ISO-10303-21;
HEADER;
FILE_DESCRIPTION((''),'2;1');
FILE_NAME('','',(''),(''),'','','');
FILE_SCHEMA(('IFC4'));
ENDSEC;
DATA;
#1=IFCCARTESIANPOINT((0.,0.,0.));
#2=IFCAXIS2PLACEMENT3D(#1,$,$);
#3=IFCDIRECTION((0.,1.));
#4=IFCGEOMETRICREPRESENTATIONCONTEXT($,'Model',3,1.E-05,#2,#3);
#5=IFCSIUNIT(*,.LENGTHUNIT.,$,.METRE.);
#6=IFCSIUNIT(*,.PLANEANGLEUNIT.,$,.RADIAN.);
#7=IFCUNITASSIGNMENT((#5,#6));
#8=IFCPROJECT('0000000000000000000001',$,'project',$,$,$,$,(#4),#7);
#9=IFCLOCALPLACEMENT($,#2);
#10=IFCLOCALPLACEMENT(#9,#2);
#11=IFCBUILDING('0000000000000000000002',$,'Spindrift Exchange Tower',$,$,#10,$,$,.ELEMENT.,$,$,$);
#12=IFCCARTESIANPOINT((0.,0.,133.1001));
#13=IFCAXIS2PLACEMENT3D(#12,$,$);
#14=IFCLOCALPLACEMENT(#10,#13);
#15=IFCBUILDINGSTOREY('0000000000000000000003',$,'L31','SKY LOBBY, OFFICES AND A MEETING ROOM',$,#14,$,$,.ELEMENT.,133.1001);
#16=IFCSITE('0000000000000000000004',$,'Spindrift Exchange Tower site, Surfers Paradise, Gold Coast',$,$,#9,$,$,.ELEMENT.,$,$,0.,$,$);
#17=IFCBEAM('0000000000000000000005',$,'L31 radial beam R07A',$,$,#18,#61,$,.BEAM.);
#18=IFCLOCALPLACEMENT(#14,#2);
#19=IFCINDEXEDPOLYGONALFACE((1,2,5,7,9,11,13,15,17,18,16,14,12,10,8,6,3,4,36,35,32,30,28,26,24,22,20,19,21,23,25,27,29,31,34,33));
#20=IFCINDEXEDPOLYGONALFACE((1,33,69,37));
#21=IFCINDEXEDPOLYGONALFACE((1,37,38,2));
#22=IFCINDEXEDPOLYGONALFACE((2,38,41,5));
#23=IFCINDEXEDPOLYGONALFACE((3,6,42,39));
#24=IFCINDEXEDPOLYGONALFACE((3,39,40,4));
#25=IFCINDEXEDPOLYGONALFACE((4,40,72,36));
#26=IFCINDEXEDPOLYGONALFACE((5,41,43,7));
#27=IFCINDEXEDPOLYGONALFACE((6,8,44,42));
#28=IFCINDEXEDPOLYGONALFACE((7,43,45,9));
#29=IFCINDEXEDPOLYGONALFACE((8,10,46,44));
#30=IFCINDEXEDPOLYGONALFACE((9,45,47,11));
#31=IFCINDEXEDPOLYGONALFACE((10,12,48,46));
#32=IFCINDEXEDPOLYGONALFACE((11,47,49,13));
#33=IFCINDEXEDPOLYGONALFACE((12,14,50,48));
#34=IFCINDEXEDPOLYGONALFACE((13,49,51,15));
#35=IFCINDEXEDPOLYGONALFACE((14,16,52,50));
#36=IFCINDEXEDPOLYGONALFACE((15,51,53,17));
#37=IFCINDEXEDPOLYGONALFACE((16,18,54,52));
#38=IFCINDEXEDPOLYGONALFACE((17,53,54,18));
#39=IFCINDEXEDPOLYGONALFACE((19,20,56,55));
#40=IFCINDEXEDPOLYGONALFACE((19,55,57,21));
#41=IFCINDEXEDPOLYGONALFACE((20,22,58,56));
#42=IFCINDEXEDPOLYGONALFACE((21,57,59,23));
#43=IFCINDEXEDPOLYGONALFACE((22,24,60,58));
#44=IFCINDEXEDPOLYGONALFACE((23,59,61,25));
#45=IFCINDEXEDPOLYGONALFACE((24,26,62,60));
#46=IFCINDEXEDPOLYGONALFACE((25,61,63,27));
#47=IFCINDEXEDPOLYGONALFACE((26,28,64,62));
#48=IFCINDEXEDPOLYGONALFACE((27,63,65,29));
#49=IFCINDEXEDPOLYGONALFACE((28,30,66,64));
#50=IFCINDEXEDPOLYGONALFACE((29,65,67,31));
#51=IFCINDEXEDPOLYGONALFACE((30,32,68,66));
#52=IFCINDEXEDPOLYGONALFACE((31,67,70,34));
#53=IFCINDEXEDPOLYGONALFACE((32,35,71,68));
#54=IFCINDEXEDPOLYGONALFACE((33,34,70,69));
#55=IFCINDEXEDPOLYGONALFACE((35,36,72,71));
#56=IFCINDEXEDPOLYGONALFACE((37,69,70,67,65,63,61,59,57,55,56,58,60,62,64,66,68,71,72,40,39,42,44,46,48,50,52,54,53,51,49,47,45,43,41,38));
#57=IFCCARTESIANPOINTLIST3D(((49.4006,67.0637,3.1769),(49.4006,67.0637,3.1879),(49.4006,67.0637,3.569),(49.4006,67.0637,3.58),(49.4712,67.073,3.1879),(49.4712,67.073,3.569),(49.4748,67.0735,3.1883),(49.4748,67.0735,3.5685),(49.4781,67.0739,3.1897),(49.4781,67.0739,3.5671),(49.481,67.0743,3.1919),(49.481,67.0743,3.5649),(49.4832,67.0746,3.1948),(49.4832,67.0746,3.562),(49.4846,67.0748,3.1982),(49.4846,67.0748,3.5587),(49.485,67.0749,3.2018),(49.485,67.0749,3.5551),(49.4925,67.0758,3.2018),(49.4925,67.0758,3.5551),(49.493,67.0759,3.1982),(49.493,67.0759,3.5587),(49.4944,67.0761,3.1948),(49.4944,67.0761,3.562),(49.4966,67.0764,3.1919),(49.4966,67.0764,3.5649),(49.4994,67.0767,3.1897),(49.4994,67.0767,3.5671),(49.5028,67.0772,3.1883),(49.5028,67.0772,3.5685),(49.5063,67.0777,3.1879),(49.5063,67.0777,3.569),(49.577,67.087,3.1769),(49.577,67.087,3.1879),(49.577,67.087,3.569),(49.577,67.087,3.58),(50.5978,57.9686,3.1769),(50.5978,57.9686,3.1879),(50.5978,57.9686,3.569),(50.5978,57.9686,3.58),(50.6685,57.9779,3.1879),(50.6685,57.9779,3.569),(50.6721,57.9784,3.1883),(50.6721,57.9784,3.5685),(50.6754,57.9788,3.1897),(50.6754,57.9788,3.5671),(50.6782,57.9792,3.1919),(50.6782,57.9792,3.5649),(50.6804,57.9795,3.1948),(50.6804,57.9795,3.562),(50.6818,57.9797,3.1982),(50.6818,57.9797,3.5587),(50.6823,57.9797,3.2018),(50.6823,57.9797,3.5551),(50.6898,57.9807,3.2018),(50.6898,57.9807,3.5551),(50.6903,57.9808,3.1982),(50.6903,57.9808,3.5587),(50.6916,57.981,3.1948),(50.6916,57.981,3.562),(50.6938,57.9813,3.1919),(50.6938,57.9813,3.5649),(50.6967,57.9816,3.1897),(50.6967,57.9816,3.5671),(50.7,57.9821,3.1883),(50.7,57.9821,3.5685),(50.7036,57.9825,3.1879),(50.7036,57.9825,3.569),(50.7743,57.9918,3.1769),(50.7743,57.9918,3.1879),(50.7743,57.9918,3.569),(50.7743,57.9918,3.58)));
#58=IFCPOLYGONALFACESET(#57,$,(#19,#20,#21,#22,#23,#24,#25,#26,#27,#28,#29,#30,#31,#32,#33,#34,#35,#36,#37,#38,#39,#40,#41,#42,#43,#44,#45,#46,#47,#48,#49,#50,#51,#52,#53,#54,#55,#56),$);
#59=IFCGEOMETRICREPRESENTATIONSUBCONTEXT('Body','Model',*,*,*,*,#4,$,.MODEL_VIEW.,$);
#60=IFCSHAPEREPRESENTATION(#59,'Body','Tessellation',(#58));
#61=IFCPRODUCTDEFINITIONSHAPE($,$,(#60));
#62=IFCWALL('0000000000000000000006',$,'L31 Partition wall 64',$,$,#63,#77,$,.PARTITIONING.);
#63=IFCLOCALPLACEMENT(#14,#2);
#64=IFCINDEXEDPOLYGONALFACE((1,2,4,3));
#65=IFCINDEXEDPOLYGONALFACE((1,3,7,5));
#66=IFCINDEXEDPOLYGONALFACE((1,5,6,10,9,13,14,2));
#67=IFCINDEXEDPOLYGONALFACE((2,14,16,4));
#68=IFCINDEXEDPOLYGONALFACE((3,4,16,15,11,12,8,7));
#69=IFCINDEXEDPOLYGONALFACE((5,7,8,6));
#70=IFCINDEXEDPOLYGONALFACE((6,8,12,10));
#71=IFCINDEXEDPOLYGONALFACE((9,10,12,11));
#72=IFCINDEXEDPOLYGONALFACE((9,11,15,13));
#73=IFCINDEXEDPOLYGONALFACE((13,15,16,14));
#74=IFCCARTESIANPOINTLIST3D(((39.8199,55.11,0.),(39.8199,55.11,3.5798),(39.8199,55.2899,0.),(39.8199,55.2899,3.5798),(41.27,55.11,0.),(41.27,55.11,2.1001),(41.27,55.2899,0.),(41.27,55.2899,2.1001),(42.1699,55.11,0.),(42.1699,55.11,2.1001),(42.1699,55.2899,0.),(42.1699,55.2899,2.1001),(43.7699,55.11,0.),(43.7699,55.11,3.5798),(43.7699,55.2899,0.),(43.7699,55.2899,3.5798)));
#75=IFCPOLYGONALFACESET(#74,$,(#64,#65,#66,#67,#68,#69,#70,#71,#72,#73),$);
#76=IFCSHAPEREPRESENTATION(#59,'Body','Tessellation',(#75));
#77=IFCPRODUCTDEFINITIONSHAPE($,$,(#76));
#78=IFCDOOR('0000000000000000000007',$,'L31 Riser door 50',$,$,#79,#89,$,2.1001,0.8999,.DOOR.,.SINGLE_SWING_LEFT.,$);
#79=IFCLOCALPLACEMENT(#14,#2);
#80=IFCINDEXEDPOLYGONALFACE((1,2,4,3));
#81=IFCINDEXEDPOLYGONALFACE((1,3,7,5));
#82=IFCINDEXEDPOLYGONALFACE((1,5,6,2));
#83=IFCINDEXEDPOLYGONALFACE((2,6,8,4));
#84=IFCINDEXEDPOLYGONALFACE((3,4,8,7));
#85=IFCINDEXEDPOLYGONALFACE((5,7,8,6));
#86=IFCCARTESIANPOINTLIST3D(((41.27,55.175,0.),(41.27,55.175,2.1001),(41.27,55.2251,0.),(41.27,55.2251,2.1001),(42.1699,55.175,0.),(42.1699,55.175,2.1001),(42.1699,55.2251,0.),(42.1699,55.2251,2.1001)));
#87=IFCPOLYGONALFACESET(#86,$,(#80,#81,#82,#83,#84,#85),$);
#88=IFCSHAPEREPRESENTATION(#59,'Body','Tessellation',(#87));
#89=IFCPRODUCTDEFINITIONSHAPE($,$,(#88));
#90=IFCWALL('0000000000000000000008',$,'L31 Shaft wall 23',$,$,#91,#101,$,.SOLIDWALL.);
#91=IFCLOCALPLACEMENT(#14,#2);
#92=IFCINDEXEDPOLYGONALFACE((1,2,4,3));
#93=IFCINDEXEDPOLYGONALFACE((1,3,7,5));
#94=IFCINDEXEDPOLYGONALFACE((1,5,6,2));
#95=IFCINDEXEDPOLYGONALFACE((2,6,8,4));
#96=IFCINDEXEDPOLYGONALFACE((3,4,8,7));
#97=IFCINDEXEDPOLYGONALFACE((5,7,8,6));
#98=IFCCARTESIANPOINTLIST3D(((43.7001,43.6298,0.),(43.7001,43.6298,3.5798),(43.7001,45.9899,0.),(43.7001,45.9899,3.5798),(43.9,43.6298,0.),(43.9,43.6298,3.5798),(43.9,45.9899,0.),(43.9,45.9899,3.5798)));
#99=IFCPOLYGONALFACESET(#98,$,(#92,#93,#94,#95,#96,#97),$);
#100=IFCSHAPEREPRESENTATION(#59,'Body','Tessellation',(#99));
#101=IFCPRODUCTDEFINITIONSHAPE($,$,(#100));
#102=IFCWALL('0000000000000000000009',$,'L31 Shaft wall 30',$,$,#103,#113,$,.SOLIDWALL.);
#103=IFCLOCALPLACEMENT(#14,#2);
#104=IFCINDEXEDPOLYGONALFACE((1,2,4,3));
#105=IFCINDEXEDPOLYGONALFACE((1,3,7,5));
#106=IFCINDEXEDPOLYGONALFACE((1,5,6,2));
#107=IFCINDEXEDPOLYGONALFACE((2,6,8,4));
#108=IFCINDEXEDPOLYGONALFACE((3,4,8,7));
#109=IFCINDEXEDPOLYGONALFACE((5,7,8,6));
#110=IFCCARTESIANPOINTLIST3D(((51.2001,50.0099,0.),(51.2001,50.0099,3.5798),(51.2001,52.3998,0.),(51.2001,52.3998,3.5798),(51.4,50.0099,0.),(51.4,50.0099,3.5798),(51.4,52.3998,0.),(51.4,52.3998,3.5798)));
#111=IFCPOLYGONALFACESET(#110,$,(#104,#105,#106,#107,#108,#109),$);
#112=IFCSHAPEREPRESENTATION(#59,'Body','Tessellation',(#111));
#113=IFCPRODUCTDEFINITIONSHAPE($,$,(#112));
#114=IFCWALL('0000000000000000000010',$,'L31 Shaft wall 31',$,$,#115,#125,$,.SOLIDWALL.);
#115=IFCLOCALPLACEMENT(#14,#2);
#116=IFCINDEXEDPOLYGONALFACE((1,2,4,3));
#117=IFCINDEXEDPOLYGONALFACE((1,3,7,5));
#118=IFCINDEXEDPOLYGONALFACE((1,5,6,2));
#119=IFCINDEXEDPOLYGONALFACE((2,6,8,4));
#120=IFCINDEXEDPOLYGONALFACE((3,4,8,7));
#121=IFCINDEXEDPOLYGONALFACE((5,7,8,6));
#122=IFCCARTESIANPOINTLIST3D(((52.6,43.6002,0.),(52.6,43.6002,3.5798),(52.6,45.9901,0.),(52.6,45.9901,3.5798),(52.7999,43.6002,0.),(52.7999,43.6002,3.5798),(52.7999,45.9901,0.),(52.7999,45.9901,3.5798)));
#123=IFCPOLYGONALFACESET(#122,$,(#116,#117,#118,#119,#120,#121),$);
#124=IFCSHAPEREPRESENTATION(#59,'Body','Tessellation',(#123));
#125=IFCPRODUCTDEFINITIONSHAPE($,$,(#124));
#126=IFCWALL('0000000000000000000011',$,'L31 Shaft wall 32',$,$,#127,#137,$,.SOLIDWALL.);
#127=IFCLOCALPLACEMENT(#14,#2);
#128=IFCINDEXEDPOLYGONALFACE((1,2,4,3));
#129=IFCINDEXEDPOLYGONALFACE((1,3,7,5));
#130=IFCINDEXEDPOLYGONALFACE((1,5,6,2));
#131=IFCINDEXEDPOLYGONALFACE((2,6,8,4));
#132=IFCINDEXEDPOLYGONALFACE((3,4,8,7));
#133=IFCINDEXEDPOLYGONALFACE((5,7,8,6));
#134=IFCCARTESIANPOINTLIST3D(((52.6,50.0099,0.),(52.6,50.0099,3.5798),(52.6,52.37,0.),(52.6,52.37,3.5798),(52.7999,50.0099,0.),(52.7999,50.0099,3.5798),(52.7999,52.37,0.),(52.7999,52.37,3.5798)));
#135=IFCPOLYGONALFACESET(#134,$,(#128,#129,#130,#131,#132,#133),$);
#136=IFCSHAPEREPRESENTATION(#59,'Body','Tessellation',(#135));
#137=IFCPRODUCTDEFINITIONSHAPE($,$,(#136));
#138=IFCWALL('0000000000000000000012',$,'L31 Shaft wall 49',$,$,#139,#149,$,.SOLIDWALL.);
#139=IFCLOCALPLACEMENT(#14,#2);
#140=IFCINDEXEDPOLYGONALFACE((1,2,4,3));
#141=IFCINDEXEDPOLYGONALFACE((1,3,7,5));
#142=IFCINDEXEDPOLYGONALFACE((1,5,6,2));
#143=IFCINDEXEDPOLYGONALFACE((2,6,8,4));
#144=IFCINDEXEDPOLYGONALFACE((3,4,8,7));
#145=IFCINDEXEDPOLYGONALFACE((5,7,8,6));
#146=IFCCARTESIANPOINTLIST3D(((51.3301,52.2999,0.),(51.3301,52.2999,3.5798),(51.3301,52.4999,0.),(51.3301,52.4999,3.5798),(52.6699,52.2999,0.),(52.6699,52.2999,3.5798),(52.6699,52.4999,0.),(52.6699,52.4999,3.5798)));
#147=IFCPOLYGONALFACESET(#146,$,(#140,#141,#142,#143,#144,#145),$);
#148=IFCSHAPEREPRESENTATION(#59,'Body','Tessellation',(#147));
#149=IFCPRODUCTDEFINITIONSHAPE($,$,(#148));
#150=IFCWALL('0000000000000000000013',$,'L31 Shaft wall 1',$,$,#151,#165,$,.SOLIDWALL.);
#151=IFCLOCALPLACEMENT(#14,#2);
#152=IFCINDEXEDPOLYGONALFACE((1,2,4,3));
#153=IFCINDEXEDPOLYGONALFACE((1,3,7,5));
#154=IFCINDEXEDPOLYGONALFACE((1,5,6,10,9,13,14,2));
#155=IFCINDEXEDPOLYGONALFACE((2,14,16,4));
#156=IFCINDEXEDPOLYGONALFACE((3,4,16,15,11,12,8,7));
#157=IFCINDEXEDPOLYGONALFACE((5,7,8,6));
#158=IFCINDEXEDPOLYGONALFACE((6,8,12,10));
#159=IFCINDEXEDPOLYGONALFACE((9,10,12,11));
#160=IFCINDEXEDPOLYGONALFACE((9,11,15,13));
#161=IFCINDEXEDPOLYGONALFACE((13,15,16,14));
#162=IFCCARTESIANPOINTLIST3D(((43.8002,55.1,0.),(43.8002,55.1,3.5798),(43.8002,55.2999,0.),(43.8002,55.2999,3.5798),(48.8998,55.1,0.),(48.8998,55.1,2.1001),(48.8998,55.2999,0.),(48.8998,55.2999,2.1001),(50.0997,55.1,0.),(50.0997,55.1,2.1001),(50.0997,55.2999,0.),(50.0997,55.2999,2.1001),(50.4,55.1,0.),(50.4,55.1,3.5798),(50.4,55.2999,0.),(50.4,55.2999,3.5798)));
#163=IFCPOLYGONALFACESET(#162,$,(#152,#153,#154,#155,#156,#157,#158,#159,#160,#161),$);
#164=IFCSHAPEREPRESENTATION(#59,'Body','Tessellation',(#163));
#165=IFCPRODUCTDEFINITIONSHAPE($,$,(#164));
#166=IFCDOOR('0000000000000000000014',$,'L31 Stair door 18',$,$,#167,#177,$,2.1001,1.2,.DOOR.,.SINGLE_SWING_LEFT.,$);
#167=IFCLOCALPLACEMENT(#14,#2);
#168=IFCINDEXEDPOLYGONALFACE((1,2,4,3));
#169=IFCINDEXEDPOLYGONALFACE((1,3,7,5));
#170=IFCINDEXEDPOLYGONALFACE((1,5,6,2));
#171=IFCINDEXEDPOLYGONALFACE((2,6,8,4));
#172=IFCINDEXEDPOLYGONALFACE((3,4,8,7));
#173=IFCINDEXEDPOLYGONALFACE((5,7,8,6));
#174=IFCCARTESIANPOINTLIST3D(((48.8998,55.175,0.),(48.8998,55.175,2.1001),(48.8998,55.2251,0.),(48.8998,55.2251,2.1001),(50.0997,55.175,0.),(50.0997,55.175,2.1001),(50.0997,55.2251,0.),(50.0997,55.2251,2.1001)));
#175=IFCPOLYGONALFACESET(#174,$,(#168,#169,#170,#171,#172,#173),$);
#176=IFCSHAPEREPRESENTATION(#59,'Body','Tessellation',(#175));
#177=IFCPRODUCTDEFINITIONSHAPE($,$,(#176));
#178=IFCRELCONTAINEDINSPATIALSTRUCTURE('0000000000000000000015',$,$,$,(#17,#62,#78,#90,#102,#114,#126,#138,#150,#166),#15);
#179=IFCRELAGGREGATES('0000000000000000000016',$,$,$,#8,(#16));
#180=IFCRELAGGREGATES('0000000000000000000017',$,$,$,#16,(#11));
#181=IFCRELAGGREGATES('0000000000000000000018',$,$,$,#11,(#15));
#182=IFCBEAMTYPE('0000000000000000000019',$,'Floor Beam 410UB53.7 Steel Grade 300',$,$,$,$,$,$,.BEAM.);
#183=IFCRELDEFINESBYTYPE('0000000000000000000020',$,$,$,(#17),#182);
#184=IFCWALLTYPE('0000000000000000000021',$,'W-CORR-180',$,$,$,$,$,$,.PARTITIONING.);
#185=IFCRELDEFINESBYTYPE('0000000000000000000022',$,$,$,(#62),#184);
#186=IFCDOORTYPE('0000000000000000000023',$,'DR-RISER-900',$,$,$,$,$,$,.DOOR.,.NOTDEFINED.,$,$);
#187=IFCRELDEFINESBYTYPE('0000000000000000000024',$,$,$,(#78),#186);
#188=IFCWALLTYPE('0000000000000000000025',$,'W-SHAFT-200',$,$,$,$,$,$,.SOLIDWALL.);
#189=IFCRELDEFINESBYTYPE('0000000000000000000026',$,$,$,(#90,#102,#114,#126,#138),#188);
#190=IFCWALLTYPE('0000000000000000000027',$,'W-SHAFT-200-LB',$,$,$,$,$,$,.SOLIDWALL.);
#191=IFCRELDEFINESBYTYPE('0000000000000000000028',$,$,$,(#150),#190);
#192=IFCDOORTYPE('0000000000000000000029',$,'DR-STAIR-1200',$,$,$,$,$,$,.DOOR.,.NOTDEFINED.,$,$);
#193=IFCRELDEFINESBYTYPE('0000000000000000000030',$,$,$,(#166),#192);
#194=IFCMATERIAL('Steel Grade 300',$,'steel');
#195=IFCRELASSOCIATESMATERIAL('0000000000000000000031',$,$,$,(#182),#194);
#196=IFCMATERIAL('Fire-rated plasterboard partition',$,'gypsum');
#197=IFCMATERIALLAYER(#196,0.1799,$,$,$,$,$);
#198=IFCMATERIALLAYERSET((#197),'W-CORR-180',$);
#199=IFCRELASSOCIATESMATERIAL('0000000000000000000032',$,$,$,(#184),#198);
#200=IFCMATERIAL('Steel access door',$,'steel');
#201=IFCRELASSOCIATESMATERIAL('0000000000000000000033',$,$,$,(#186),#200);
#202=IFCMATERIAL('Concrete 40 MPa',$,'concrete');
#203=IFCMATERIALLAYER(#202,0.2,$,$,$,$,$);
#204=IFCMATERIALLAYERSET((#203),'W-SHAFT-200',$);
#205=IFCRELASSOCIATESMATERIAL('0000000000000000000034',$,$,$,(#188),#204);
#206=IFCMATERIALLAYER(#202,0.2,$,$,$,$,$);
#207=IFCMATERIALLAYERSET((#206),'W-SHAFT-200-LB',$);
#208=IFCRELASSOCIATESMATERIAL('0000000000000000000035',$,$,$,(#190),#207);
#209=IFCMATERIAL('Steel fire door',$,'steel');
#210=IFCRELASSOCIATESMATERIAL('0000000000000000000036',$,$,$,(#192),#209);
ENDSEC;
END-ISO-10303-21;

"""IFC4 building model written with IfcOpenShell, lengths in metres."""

from ifc_helpers import new_model, si_unit, direction, frame, frame_2d, origin, origin_2d, place, context, subcontext, project, spatial, rectangle, i_section, extrude, source, transform, mapped, material, layer, layer_set, material_profile, profile_set, type_object, element, fill, save


model = new_model("IFC4")

# Units and contexts
model_context = context("Model", 3, precision=1e-05, world=origin(), true_north=direction((0.0, 1.0)))
body_context = subcontext(model_context, "Body", "Model", "MODEL_VIEW")
ifc_project = project(units=[si_unit("LENGTHUNIT", "METRE"), si_unit("PLANEANGLEUNIT", "RADIAN")], contexts=[model_context])

# Site, building, storey
site_placement = place(None, origin())
site = spatial("IfcSite", under=ifc_project, at=site_placement, Name="Spindrift Exchange Tower site, Surfers Paradise, Gold Coast", CompositionType="ELEMENT", RefElevation=0.0)
building_placement = place(site_placement, origin())
building = spatial("IfcBuilding", under=site, at=building_placement, Name="Spindrift Exchange Tower", CompositionType="ELEMENT")
storey_placement = place(building_placement, frame((0.0, 0.0, 133.1001)))
storey = spatial("IfcBuildingStorey", under=building, at=storey_placement, Name="L31", Description="SKY LOBBY, OFFICES AND A MEETING ROOM", CompositionType="ELEMENT", Elevation=133.1001)

# Beam
ifc_material_1 = material(Name="Steel Grade 300", Category="steel")
ifc_material_profile = material_profile(ifc_material_1, i_section(OverallWidth=0.178, OverallDepth=0.4031, WebThickness=0.0076, FlangeThickness=0.011, FilletRadius=0.0139, at=origin_2d()), Name="410UB53.7")
ifc_profile_set = profile_set([ifc_material_profile], Name="Steel Grade 300")
beam_type = type_object("IfcBeamType", Name="Floor Beam 410UB53.7 Steel Grade 300", PredefinedType="BEAM", material=ifc_profile_set)
shared_shape_1 = source(origin(), body_context, "Body", "SweptSolid", [
    extrude(i_section(OverallWidth=0.178, OverallDepth=0.4031, WebThickness=0.0076, FlangeThickness=0.011, FilletRadius=0.0139, at=origin_2d()), origin(), (0.0, 0.0, 1.0), 9.1736),
])
beam_placement = place(storey_placement, frame((50.686, 57.9802, 3.3784), z_axis=(-0.130511, 0.991447, 0.0), x_axis=(-0.991447, -0.130511, 0.0)))
element("IfcBeam", 1, at=beam_placement, inside=storey, type_object=beam_type, Name="L31 radial beam R07A", PredefinedType="BEAM", context=body_context, shape_type="MappedRepresentation", body=[
    mapped(shared_shape_1, transform((0.0, 0.0, 0.0), scale=1.0)),
])

# Wall, opening, door
ifc_material_2 = material(Name="Fire-rated plasterboard partition", Category="gypsum")
ifc_layer_1 = layer(ifc_material_2, 0.1799)
ifc_layer_set_1 = layer_set([ifc_layer_1], Name="W-CORR-180")
wall_type_1 = type_object("IfcWallType", Name="W-CORR-180", PredefinedType="PARTITIONING", material=ifc_layer_set_1)
wall_1_placement = place(storey_placement, frame((43.77, 55.2, 0.0), z_axis=(0.0, 0.0, 1.0), x_axis=(-1.0, 0.0, 0.0)))
wall_1 = element("IfcWall", 2, at=wall_1_placement, inside=storey, type_object=wall_type_1, Name="L31 Partition wall 64", PredefinedType="PARTITIONING", context=body_context, shape_type="SweptSolid", body=[
    extrude(rectangle(XDim=3.95, YDim=0.1799, at=frame_2d((1.9751, 0.0))), origin(), (0.0, 0.0, 1.0), 3.5798),
])
opening_1_placement = place(wall_1_placement, frame((1.6001, 0.0, 0.0)))
opening_1 = element("IfcOpeningElement", 3, at=opening_1_placement, cuts=wall_1, PredefinedType="OPENING", context=body_context, shape_type="SweptSolid", body=[
    extrude(rectangle(XDim=0.8999, YDim=2.1001, at=frame_2d((0.45, 1.05))), frame((0.0, 0.0999, 0.0), z_axis=(0.0, -1.0, 0.0), x_axis=(1.0, 0.0, 0.0)), (0.0, 0.0, 1.0), 0.2),
])
ifc_material_3 = material(Name="Steel access door", Category="steel")
door_type_1 = type_object("IfcDoorType", Name="DR-RISER-900", OperationType="NOTDEFINED", PredefinedType="DOOR", material=ifc_material_3)
shared_shape_2 = source(origin(), body_context, "Body", "SweptSolid", [
    extrude(rectangle(XDim=0.8999, YDim=2.1001, at=frame_2d((0.45, 1.05))), frame((0.0, 0.0249, 0.0), z_axis=(0.0, -1.0, 0.0), x_axis=(1.0, 0.0, 0.0)), (0.0, 0.0, 1.0), 0.05),
])
door_1_placement = place(opening_1_placement, origin())
door_1 = element("IfcDoor", 4, at=door_1_placement, inside=storey, type_object=door_type_1, Name="L31 Riser door 50", OperationType="SINGLE_SWING_LEFT", OverallHeight=2.1001, OverallWidth=0.8999, PredefinedType="DOOR", context=body_context, shape_type="MappedRepresentation", body=[
    mapped(shared_shape_2, transform((0.0, 0.0, 0.0), scale=1.0)),
])
fill(opening_1, door_1)

# Walls
ifc_material_4 = material(Name="Concrete 40 MPa", Category="concrete")
ifc_layer_2 = layer(ifc_material_4, 0.2)
ifc_layer_set_2 = layer_set([ifc_layer_2], Name="W-SHAFT-200")
wall_type_2 = type_object("IfcWallType", Name="W-SHAFT-200", PredefinedType="SOLIDWALL", material=ifc_layer_set_2)
wall_2_placement = place(storey_placement, frame((43.8, 45.99, 0.0), z_axis=(0.0, 0.0, 1.0), x_axis=(0.0, -1.0, 0.0)))
element("IfcWall", 5, at=wall_2_placement, inside=storey, type_object=wall_type_2, Name="L31 Shaft wall 23", PredefinedType="SOLIDWALL", context=body_context, shape_type="SweptSolid", body=[
    extrude(rectangle(XDim=2.3601, YDim=0.2, at=frame_2d((1.1802, 0.0))), origin(), (0.0, 0.0, 1.0), 3.5798),
])
for number, where, z_axis, x_axis, name in (
    (6, (51.3, 50.01, 0.0), (0.0, 0.0, 1.0), (0.0, 1.0, 0.0), "L31 Shaft wall 30"),
    (7, (52.7, 45.99, 0.0), (0.0, 0.0, 1.0), (0.0, -1.0, 0.0), "L31 Shaft wall 31"),
):
    element("IfcWall", number, at=place(storey_placement, frame(where, z_axis=z_axis, x_axis=x_axis)), inside=storey, type_object=wall_type_2, Name=name, PredefinedType="SOLIDWALL", context=body_context, shape_type="SweptSolid", body=[
        extrude(rectangle(XDim=2.3899, YDim=0.2, at=frame_2d((1.1948, 0.0))), origin(), (0.0, 0.0, 1.0), 3.5798),
    ])
wall_3_placement = place(storey_placement, frame((52.7, 52.3701, 0.0), z_axis=(0.0, 0.0, 1.0), x_axis=(0.0, -1.0, 0.0)))
element("IfcWall", 8, at=wall_3_placement, inside=storey, type_object=wall_type_2, Name="L31 Shaft wall 32", PredefinedType="SOLIDWALL", context=body_context, shape_type="SweptSolid", body=[
    extrude(rectangle(XDim=2.3601, YDim=0.2, at=frame_2d((1.1802, 0.0))), origin(), (0.0, 0.0, 1.0), 3.5798),
])
wall_4_placement = place(storey_placement, frame((51.3301, 52.3999, 0.0), z_axis=(0.0, 0.0, 1.0), x_axis=(1.0, 0.0, 0.0)))
element("IfcWall", 9, at=wall_4_placement, inside=storey, type_object=wall_type_2, Name="L31 Shaft wall 49", PredefinedType="SOLIDWALL", context=body_context, shape_type="SweptSolid", body=[
    extrude(rectangle(XDim=1.3398, YDim=0.2, at=frame_2d((0.6699, 0.0))), origin(), (0.0, 0.0, 1.0), 3.5798),
])

# Wall, opening, door
ifc_layer_3 = layer(ifc_material_4, 0.2)
ifc_layer_set_3 = layer_set([ifc_layer_3], Name="W-SHAFT-200-LB")
wall_type_3 = type_object("IfcWallType", Name="W-SHAFT-200-LB", PredefinedType="SOLIDWALL", material=ifc_layer_set_3)
wall_5_placement = place(storey_placement, frame((50.3999, 55.2, 0.0), z_axis=(0.0, 0.0, 1.0), x_axis=(-1.0, 0.0, 0.0)))
wall_5 = element("IfcWall", 10, at=wall_5_placement, inside=storey, type_object=wall_type_3, Name="L31 Shaft wall 1", PredefinedType="SOLIDWALL", context=body_context, shape_type="SweptSolid", body=[
    extrude(rectangle(XDim=6.5999, YDim=0.2, at=frame_2d((3.2998, 0.0))), origin(), (0.0, 0.0, 1.0), 3.5798),
])
opening_2_placement = place(wall_5_placement, frame((0.3, 0.0, 0.0)))
opening_2 = element("IfcOpeningElement", 11, at=opening_2_placement, cuts=wall_5, PredefinedType="OPENING", context=body_context, shape_type="SweptSolid", body=[
    extrude(rectangle(XDim=1.2, YDim=2.1001, at=frame_2d((0.6001, 1.05))), frame((0.0, 0.1099, 0.0), z_axis=(0.0, -1.0, 0.0), x_axis=(1.0, 0.0, 0.0)), (0.0, 0.0, 1.0), 0.22),
])
ifc_material_5 = material(Name="Steel fire door", Category="steel")
door_type_2 = type_object("IfcDoorType", Name="DR-STAIR-1200", OperationType="NOTDEFINED", PredefinedType="DOOR", material=ifc_material_5)
shared_shape_3 = source(origin(), body_context, "Body", "SweptSolid", [
    extrude(rectangle(XDim=1.2, YDim=2.1001, at=frame_2d((0.6001, 1.05))), frame((0.0, 0.0249, 0.0), z_axis=(0.0, -1.0, 0.0), x_axis=(1.0, 0.0, 0.0)), (0.0, 0.0, 1.0), 0.05),
])
door_2_placement = place(opening_2_placement, origin())
door_2 = element("IfcDoor", 12, at=door_2_placement, inside=storey, type_object=door_type_2, Name="L31 Stair door 18", OperationType="SINGLE_SWING_LEFT", OverallHeight=2.1001, OverallWidth=1.2, PredefinedType="DOOR", context=body_context, shape_type="MappedRepresentation", body=[
    mapped(shared_shape_3, transform((0.0, 0.0, 0.0), scale=1.0)),
])
fill(opening_2, door_2)

save(model, "model.ifc")
